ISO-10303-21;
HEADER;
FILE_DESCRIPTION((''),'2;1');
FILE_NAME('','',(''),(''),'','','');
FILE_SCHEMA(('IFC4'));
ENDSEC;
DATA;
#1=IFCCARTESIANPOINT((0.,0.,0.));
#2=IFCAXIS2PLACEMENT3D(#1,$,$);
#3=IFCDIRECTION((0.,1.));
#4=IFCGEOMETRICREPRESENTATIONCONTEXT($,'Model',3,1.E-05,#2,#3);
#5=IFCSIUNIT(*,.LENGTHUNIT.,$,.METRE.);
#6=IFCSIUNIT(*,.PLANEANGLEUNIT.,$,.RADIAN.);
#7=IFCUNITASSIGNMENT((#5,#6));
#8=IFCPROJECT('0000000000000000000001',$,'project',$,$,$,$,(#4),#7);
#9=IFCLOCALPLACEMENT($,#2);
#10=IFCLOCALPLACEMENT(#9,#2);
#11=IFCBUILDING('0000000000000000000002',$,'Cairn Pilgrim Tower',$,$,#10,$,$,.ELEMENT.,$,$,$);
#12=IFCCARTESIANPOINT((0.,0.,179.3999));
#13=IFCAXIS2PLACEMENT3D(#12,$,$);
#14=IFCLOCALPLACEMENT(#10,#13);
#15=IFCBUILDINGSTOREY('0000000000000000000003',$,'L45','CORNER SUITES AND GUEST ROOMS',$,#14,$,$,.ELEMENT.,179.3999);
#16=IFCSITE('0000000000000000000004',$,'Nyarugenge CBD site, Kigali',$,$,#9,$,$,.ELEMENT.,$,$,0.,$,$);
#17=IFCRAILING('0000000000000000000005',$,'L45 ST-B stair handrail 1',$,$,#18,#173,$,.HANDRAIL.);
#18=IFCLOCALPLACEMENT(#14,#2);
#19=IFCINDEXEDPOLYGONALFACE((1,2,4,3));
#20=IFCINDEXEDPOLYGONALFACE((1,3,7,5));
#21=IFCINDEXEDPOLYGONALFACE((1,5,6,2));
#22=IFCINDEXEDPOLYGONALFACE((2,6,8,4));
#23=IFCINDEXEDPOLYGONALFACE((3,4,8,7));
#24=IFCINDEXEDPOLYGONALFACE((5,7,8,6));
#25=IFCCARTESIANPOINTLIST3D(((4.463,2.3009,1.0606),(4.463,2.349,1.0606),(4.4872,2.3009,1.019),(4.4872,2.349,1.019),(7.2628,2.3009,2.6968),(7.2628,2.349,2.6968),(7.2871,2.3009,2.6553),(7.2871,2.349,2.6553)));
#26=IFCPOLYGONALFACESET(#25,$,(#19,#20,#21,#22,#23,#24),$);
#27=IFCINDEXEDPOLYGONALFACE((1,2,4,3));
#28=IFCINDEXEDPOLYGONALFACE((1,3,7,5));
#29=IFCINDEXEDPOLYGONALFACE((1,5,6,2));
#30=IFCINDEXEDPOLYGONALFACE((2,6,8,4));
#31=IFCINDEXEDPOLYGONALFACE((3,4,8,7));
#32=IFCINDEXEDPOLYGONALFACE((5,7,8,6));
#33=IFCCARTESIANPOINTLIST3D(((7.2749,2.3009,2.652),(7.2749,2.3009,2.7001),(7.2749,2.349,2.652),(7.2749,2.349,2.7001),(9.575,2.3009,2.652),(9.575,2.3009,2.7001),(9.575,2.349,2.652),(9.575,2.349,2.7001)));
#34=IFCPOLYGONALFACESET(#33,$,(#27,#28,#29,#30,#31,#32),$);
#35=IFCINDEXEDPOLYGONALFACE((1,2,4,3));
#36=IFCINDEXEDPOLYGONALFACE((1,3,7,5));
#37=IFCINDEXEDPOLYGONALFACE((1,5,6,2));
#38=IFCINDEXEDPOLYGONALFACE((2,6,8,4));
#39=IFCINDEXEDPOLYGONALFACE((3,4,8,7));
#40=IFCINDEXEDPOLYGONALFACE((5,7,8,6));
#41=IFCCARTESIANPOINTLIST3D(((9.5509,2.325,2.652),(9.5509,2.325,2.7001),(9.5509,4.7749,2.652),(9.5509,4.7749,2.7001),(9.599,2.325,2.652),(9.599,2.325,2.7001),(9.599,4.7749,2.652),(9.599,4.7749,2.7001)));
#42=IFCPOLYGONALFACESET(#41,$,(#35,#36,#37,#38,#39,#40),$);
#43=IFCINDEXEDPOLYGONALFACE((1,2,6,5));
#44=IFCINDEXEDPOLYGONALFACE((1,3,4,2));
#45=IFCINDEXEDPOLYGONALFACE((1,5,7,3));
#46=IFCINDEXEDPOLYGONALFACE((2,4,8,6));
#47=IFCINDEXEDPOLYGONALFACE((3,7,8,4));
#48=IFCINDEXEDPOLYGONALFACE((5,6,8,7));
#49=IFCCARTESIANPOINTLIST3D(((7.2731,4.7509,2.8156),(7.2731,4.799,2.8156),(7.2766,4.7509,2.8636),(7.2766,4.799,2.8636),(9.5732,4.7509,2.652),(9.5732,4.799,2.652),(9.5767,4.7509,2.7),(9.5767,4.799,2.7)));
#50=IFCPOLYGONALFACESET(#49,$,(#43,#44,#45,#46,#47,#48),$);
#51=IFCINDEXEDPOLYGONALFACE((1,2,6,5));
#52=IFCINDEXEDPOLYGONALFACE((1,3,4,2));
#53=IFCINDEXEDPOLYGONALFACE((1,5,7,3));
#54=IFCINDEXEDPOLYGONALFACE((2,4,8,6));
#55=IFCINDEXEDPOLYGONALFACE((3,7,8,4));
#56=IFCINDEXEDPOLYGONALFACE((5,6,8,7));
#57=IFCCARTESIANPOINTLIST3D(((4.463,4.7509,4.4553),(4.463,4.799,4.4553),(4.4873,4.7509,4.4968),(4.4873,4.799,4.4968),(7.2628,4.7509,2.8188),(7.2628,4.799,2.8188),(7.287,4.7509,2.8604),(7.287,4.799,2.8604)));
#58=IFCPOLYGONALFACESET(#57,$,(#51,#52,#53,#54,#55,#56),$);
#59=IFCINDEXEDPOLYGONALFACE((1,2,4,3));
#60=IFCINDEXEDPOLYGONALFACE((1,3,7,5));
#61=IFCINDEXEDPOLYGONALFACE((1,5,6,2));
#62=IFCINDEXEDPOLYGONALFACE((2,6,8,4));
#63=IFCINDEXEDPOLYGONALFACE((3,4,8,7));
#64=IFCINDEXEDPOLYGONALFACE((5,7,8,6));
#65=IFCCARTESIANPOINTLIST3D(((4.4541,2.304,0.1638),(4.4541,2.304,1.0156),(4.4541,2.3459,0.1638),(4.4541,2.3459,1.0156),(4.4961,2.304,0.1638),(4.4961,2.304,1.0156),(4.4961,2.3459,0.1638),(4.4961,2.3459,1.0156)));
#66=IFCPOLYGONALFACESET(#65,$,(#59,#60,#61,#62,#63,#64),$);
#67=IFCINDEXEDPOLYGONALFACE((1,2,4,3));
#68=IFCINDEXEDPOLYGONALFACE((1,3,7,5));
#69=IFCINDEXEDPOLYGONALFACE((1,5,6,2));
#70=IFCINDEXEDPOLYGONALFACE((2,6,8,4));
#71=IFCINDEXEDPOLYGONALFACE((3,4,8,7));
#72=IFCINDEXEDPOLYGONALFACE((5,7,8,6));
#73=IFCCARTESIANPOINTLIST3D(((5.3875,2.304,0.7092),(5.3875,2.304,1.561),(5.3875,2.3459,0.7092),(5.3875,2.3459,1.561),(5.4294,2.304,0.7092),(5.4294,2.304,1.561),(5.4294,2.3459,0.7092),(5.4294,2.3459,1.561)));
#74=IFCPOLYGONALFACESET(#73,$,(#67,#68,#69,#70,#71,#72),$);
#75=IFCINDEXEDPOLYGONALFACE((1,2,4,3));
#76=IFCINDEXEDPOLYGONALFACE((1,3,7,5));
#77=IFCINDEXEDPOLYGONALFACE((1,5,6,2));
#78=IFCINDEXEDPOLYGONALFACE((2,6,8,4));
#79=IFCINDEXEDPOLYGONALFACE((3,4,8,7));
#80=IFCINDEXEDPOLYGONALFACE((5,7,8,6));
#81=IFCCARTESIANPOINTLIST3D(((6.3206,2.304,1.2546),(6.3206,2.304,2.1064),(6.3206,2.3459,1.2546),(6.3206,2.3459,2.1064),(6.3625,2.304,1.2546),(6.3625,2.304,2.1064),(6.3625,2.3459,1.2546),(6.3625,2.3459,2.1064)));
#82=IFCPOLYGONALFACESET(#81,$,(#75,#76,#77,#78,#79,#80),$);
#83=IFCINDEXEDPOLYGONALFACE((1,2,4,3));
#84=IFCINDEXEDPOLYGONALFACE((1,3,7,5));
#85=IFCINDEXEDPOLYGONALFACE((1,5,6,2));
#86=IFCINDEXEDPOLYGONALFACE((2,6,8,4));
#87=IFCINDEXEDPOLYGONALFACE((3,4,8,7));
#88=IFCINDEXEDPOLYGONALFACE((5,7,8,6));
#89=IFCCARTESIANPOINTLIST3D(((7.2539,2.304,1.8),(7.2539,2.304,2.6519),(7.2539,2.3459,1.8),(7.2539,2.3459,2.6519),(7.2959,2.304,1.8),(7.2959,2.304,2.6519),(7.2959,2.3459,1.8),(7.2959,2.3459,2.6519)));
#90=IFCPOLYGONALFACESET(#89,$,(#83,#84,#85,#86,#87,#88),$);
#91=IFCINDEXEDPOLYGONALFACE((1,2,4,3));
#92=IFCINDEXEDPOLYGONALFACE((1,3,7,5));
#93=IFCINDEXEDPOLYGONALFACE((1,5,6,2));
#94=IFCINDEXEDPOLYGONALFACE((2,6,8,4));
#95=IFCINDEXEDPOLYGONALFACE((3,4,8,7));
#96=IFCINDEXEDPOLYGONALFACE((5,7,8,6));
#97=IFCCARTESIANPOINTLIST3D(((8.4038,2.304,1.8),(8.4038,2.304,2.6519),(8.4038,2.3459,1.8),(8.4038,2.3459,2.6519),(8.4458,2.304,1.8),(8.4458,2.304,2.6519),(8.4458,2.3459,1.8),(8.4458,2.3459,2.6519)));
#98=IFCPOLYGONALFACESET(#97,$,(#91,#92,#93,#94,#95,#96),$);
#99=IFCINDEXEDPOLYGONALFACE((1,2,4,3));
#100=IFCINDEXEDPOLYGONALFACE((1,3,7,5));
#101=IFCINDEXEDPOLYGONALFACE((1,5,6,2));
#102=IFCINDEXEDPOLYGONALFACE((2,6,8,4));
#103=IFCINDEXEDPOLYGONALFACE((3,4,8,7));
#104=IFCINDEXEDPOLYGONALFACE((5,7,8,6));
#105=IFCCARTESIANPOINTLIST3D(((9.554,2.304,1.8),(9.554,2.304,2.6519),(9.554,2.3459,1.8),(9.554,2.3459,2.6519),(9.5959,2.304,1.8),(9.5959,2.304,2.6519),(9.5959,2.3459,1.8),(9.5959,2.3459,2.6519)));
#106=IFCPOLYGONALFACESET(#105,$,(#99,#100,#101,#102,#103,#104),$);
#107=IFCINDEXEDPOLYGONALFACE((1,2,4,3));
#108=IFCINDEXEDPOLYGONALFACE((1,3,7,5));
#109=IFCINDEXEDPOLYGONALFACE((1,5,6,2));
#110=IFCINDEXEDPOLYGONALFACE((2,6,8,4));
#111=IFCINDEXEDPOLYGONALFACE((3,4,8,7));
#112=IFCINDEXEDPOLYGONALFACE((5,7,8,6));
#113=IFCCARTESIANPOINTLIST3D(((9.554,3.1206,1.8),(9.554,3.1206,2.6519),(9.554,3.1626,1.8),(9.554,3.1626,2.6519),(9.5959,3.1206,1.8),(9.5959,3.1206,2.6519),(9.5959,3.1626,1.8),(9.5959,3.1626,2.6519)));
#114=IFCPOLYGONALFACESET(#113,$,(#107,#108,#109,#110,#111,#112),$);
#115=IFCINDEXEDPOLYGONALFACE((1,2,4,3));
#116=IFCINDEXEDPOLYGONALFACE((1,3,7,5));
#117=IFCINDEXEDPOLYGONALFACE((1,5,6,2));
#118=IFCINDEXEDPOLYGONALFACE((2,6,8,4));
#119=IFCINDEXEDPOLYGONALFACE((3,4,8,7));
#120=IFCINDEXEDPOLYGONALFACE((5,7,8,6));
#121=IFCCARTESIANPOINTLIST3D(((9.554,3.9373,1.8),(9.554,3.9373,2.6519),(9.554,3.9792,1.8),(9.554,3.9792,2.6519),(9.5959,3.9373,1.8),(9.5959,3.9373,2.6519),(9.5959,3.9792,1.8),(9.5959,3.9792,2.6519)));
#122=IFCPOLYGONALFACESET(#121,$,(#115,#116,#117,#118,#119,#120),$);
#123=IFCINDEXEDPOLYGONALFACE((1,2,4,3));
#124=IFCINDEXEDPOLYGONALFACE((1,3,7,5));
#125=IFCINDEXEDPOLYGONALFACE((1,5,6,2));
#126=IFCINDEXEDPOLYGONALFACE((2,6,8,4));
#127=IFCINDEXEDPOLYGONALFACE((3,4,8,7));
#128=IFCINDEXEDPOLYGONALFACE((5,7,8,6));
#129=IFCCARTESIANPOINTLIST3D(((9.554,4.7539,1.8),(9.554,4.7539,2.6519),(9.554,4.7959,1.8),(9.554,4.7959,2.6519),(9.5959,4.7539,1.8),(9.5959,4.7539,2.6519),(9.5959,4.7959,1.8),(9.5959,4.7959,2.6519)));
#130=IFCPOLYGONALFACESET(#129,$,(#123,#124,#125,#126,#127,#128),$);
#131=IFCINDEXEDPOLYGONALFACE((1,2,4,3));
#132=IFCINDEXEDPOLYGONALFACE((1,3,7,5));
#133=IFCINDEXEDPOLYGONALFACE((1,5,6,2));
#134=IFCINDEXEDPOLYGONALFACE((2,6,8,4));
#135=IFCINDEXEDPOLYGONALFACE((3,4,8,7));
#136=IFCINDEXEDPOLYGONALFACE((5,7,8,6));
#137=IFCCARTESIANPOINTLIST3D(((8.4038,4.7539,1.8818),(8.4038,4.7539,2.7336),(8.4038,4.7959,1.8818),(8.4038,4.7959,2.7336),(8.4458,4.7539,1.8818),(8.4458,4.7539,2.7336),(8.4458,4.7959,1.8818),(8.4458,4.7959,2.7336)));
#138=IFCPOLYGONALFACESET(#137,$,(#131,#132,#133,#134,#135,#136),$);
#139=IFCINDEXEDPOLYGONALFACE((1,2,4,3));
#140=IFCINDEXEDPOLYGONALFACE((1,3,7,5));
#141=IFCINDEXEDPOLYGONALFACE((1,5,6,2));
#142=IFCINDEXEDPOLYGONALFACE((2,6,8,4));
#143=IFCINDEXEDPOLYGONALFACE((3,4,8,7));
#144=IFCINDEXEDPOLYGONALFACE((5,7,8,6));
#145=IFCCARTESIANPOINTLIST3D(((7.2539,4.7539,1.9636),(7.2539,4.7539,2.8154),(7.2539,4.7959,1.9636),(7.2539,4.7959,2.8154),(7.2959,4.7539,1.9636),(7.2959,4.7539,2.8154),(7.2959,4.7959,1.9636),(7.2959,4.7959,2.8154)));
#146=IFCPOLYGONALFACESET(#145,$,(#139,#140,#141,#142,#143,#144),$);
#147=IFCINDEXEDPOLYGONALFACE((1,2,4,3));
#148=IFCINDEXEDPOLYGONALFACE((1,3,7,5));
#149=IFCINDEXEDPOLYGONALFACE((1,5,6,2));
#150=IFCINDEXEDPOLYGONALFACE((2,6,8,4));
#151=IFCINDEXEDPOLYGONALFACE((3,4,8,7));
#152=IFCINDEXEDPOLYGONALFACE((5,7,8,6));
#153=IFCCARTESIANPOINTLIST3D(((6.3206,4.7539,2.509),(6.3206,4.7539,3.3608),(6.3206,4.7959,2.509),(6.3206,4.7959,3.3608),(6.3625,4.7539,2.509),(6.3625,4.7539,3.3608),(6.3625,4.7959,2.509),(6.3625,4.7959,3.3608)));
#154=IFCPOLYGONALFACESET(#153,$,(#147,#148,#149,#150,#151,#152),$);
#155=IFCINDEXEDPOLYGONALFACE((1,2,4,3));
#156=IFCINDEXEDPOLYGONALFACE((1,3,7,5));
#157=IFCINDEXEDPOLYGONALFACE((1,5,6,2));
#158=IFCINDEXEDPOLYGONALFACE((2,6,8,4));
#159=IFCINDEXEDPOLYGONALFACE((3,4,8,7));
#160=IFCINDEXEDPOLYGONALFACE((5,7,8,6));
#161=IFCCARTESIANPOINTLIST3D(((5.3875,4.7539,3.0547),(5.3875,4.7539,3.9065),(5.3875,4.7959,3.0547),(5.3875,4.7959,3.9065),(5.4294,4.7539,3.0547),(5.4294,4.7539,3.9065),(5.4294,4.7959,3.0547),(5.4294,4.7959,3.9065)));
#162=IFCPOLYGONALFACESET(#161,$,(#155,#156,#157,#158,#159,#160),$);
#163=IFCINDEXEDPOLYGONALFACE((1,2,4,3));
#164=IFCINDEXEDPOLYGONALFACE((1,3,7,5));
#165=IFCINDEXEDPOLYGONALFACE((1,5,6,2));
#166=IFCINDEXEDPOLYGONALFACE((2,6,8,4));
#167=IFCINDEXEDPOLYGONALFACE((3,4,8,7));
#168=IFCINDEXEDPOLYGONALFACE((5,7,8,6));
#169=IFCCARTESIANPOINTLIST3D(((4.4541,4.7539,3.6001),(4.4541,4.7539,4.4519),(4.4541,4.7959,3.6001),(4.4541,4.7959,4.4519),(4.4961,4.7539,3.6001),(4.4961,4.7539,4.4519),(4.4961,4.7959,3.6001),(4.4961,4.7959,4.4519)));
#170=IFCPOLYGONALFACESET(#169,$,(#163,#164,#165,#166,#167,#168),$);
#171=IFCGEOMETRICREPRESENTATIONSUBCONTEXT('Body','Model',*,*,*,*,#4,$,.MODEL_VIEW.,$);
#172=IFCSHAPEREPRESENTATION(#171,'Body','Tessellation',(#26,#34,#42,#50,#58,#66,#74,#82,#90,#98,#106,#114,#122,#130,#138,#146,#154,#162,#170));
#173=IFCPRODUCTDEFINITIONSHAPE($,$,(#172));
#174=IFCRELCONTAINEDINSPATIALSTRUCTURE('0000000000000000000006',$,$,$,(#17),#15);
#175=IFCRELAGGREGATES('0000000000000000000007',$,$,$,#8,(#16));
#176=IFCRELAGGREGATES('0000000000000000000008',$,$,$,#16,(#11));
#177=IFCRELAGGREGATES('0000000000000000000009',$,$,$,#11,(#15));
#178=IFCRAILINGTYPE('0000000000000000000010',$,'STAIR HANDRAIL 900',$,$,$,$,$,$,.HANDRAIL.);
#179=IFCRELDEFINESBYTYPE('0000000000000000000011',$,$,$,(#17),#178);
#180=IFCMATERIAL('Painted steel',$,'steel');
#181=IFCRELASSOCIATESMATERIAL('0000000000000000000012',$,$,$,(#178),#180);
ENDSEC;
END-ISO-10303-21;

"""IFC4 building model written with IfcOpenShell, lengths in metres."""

from ifc_helpers import new_model, si_unit, direction, frame, origin, origin_2d, place, context, subcontext, project, spatial, rectangle, extrude, material, type_object, element, save


model = new_model("IFC4")

# Units and contexts
model_context = context("Model", 3, precision=1e-05, world=origin(), true_north=direction((0.0, 1.0)))
body_context = subcontext(model_context, "Body", "Model", "MODEL_VIEW")
ifc_project = project(units=[si_unit("LENGTHUNIT", "METRE"), si_unit("PLANEANGLEUNIT", "RADIAN")], contexts=[model_context])

# Site, building, storey
site_placement = place(None, origin())
site = spatial("IfcSite", under=ifc_project, at=site_placement, Name="Nyarugenge CBD site, Kigali", CompositionType="ELEMENT", RefElevation=0.0)
building_placement = place(site_placement, origin())
building = spatial("IfcBuilding", under=site, at=building_placement, Name="Cairn Pilgrim Tower", CompositionType="ELEMENT")
storey_placement = place(building_placement, frame((0.0, 0.0, 179.3999)))
storey = spatial("IfcBuildingStorey", under=building, at=storey_placement, Name="L45", Description="CORNER SUITES AND GUEST ROOMS", CompositionType="ELEMENT", Elevation=179.3999)

# Shared definitions
ifc_material_1 = material(Name="Painted steel", Category="steel")

# Railing
railing_type = type_object("IfcRailingType", Name="STAIR HANDRAIL 900", PredefinedType="HANDRAIL", material=ifc_material_1)
railing_placement = place(storey_placement, frame((4.4751, 2.325, 0.1638)))
element("IfcRailing", 1, at=railing_placement, inside=storey, type_object=railing_type, Name="L45 ST-B stair handrail 1", PredefinedType="HANDRAIL", context=body_context, shape_type="SweptSolid", body=[
    extrude(rectangle(XDim=0.0481, YDim=0.0481, at=origin_2d()), frame((0.0, 0.0, 0.876), z_axis=(0.863374, 0.0, 0.504564), x_axis=(0.0, 1.0, 0.0)), (0.0, 0.0, 1.0), 3.2429),
    extrude(rectangle(XDim=0.0481, YDim=0.0481, at=origin_2d()), frame((2.7998, 0.0, 2.5122), z_axis=(1.0, 0.0, 0.0), x_axis=(0.0, 1.0, 0.0)), (0.0, 0.0, 1.0), 2.3),
    extrude(rectangle(XDim=0.0481, YDim=0.0481, at=origin_2d()), frame((5.0999, 0.0, 2.5122), z_axis=(0.0, 1.0, 0.0), x_axis=(-1.0, 0.0, 0.0)), (0.0, 0.0, 1.0), 2.45),
    extrude(rectangle(XDim=0.0481, YDim=0.0481, at=origin_2d()), frame((5.0999, 2.45, 2.5122), z_axis=(-0.997481, 0.0, 0.070939), x_axis=(0.0, -1.0, 0.0)), (0.0, 0.0, 1.0), 2.3059),
    extrude(rectangle(XDim=0.0481, YDim=0.0481, at=origin_2d()), frame((2.7998, 2.45, 2.6758), z_axis=(-0.863342, 0.0, 0.50462), x_axis=(0.0, -1.0, 0.0)), (0.0, 0.0, 1.0), 3.2429),
    extrude(rectangle(XDim=0.042, YDim=0.042, at=origin_2d()), origin(), (0.0, 0.0, 1.0), 0.8518),
    extrude(rectangle(XDim=0.042, YDim=0.042, at=origin_2d()), frame((0.9333, 0.0, 0.5454)), (0.0, 0.0, 1.0), 0.8518),
    extrude(rectangle(XDim=0.042, YDim=0.042, at=origin_2d()), frame((1.8665, 0.0, 1.0908)), (0.0, 0.0, 1.0), 0.8518),
    extrude(rectangle(XDim=0.042, YDim=0.042, at=origin_2d()), frame((2.7998, 0.0, 1.6362)), (0.0, 0.0, 1.0), 0.8518),
    extrude(rectangle(XDim=0.042, YDim=0.042, at=origin_2d()), frame((3.9497, 0.0, 1.6362)), (0.0, 0.0, 1.0), 0.8518),
    extrude(rectangle(XDim=0.042, YDim=0.042, at=origin_2d()), frame((5.0999, 0.0, 1.6362)), (0.0, 0.0, 1.0), 0.8518),
    extrude(rectangle(XDim=0.042, YDim=0.042, at=origin_2d()), frame((5.0999, 0.8167, 1.6362)), (0.0, 0.0, 1.0), 0.8518),
    extrude(rectangle(XDim=0.042, YDim=0.042, at=origin_2d()), frame((5.0999, 1.6333, 1.6362)), (0.0, 0.0, 1.0), 0.8518),
    extrude(rectangle(XDim=0.042, YDim=0.042, at=origin_2d()), frame((5.0999, 2.45, 1.6362)), (0.0, 0.0, 1.0), 0.8518),
    extrude(rectangle(XDim=0.042, YDim=0.042, at=origin_2d()), frame((3.9497, 2.45, 1.718)), (0.0, 0.0, 1.0), 0.8518),
    extrude(rectangle(XDim=0.042, YDim=0.042, at=origin_2d()), frame((2.7998, 2.45, 1.7998)), (0.0, 0.0, 1.0), 0.8518),
    extrude(rectangle(XDim=0.042, YDim=0.042, at=origin_2d()), frame((1.8665, 2.45, 2.3452)), (0.0, 0.0, 1.0), 0.8518),
    extrude(rectangle(XDim=0.042, YDim=0.042, at=origin_2d()), frame((0.9333, 2.45, 2.8909)), (0.0, 0.0, 1.0), 0.8518),
    extrude(rectangle(XDim=0.042, YDim=0.042, at=origin_2d()), frame((0.0, 2.45, 3.4363)), (0.0, 0.0, 1.0), 0.8518),
])

save(model, "model.ifc")
